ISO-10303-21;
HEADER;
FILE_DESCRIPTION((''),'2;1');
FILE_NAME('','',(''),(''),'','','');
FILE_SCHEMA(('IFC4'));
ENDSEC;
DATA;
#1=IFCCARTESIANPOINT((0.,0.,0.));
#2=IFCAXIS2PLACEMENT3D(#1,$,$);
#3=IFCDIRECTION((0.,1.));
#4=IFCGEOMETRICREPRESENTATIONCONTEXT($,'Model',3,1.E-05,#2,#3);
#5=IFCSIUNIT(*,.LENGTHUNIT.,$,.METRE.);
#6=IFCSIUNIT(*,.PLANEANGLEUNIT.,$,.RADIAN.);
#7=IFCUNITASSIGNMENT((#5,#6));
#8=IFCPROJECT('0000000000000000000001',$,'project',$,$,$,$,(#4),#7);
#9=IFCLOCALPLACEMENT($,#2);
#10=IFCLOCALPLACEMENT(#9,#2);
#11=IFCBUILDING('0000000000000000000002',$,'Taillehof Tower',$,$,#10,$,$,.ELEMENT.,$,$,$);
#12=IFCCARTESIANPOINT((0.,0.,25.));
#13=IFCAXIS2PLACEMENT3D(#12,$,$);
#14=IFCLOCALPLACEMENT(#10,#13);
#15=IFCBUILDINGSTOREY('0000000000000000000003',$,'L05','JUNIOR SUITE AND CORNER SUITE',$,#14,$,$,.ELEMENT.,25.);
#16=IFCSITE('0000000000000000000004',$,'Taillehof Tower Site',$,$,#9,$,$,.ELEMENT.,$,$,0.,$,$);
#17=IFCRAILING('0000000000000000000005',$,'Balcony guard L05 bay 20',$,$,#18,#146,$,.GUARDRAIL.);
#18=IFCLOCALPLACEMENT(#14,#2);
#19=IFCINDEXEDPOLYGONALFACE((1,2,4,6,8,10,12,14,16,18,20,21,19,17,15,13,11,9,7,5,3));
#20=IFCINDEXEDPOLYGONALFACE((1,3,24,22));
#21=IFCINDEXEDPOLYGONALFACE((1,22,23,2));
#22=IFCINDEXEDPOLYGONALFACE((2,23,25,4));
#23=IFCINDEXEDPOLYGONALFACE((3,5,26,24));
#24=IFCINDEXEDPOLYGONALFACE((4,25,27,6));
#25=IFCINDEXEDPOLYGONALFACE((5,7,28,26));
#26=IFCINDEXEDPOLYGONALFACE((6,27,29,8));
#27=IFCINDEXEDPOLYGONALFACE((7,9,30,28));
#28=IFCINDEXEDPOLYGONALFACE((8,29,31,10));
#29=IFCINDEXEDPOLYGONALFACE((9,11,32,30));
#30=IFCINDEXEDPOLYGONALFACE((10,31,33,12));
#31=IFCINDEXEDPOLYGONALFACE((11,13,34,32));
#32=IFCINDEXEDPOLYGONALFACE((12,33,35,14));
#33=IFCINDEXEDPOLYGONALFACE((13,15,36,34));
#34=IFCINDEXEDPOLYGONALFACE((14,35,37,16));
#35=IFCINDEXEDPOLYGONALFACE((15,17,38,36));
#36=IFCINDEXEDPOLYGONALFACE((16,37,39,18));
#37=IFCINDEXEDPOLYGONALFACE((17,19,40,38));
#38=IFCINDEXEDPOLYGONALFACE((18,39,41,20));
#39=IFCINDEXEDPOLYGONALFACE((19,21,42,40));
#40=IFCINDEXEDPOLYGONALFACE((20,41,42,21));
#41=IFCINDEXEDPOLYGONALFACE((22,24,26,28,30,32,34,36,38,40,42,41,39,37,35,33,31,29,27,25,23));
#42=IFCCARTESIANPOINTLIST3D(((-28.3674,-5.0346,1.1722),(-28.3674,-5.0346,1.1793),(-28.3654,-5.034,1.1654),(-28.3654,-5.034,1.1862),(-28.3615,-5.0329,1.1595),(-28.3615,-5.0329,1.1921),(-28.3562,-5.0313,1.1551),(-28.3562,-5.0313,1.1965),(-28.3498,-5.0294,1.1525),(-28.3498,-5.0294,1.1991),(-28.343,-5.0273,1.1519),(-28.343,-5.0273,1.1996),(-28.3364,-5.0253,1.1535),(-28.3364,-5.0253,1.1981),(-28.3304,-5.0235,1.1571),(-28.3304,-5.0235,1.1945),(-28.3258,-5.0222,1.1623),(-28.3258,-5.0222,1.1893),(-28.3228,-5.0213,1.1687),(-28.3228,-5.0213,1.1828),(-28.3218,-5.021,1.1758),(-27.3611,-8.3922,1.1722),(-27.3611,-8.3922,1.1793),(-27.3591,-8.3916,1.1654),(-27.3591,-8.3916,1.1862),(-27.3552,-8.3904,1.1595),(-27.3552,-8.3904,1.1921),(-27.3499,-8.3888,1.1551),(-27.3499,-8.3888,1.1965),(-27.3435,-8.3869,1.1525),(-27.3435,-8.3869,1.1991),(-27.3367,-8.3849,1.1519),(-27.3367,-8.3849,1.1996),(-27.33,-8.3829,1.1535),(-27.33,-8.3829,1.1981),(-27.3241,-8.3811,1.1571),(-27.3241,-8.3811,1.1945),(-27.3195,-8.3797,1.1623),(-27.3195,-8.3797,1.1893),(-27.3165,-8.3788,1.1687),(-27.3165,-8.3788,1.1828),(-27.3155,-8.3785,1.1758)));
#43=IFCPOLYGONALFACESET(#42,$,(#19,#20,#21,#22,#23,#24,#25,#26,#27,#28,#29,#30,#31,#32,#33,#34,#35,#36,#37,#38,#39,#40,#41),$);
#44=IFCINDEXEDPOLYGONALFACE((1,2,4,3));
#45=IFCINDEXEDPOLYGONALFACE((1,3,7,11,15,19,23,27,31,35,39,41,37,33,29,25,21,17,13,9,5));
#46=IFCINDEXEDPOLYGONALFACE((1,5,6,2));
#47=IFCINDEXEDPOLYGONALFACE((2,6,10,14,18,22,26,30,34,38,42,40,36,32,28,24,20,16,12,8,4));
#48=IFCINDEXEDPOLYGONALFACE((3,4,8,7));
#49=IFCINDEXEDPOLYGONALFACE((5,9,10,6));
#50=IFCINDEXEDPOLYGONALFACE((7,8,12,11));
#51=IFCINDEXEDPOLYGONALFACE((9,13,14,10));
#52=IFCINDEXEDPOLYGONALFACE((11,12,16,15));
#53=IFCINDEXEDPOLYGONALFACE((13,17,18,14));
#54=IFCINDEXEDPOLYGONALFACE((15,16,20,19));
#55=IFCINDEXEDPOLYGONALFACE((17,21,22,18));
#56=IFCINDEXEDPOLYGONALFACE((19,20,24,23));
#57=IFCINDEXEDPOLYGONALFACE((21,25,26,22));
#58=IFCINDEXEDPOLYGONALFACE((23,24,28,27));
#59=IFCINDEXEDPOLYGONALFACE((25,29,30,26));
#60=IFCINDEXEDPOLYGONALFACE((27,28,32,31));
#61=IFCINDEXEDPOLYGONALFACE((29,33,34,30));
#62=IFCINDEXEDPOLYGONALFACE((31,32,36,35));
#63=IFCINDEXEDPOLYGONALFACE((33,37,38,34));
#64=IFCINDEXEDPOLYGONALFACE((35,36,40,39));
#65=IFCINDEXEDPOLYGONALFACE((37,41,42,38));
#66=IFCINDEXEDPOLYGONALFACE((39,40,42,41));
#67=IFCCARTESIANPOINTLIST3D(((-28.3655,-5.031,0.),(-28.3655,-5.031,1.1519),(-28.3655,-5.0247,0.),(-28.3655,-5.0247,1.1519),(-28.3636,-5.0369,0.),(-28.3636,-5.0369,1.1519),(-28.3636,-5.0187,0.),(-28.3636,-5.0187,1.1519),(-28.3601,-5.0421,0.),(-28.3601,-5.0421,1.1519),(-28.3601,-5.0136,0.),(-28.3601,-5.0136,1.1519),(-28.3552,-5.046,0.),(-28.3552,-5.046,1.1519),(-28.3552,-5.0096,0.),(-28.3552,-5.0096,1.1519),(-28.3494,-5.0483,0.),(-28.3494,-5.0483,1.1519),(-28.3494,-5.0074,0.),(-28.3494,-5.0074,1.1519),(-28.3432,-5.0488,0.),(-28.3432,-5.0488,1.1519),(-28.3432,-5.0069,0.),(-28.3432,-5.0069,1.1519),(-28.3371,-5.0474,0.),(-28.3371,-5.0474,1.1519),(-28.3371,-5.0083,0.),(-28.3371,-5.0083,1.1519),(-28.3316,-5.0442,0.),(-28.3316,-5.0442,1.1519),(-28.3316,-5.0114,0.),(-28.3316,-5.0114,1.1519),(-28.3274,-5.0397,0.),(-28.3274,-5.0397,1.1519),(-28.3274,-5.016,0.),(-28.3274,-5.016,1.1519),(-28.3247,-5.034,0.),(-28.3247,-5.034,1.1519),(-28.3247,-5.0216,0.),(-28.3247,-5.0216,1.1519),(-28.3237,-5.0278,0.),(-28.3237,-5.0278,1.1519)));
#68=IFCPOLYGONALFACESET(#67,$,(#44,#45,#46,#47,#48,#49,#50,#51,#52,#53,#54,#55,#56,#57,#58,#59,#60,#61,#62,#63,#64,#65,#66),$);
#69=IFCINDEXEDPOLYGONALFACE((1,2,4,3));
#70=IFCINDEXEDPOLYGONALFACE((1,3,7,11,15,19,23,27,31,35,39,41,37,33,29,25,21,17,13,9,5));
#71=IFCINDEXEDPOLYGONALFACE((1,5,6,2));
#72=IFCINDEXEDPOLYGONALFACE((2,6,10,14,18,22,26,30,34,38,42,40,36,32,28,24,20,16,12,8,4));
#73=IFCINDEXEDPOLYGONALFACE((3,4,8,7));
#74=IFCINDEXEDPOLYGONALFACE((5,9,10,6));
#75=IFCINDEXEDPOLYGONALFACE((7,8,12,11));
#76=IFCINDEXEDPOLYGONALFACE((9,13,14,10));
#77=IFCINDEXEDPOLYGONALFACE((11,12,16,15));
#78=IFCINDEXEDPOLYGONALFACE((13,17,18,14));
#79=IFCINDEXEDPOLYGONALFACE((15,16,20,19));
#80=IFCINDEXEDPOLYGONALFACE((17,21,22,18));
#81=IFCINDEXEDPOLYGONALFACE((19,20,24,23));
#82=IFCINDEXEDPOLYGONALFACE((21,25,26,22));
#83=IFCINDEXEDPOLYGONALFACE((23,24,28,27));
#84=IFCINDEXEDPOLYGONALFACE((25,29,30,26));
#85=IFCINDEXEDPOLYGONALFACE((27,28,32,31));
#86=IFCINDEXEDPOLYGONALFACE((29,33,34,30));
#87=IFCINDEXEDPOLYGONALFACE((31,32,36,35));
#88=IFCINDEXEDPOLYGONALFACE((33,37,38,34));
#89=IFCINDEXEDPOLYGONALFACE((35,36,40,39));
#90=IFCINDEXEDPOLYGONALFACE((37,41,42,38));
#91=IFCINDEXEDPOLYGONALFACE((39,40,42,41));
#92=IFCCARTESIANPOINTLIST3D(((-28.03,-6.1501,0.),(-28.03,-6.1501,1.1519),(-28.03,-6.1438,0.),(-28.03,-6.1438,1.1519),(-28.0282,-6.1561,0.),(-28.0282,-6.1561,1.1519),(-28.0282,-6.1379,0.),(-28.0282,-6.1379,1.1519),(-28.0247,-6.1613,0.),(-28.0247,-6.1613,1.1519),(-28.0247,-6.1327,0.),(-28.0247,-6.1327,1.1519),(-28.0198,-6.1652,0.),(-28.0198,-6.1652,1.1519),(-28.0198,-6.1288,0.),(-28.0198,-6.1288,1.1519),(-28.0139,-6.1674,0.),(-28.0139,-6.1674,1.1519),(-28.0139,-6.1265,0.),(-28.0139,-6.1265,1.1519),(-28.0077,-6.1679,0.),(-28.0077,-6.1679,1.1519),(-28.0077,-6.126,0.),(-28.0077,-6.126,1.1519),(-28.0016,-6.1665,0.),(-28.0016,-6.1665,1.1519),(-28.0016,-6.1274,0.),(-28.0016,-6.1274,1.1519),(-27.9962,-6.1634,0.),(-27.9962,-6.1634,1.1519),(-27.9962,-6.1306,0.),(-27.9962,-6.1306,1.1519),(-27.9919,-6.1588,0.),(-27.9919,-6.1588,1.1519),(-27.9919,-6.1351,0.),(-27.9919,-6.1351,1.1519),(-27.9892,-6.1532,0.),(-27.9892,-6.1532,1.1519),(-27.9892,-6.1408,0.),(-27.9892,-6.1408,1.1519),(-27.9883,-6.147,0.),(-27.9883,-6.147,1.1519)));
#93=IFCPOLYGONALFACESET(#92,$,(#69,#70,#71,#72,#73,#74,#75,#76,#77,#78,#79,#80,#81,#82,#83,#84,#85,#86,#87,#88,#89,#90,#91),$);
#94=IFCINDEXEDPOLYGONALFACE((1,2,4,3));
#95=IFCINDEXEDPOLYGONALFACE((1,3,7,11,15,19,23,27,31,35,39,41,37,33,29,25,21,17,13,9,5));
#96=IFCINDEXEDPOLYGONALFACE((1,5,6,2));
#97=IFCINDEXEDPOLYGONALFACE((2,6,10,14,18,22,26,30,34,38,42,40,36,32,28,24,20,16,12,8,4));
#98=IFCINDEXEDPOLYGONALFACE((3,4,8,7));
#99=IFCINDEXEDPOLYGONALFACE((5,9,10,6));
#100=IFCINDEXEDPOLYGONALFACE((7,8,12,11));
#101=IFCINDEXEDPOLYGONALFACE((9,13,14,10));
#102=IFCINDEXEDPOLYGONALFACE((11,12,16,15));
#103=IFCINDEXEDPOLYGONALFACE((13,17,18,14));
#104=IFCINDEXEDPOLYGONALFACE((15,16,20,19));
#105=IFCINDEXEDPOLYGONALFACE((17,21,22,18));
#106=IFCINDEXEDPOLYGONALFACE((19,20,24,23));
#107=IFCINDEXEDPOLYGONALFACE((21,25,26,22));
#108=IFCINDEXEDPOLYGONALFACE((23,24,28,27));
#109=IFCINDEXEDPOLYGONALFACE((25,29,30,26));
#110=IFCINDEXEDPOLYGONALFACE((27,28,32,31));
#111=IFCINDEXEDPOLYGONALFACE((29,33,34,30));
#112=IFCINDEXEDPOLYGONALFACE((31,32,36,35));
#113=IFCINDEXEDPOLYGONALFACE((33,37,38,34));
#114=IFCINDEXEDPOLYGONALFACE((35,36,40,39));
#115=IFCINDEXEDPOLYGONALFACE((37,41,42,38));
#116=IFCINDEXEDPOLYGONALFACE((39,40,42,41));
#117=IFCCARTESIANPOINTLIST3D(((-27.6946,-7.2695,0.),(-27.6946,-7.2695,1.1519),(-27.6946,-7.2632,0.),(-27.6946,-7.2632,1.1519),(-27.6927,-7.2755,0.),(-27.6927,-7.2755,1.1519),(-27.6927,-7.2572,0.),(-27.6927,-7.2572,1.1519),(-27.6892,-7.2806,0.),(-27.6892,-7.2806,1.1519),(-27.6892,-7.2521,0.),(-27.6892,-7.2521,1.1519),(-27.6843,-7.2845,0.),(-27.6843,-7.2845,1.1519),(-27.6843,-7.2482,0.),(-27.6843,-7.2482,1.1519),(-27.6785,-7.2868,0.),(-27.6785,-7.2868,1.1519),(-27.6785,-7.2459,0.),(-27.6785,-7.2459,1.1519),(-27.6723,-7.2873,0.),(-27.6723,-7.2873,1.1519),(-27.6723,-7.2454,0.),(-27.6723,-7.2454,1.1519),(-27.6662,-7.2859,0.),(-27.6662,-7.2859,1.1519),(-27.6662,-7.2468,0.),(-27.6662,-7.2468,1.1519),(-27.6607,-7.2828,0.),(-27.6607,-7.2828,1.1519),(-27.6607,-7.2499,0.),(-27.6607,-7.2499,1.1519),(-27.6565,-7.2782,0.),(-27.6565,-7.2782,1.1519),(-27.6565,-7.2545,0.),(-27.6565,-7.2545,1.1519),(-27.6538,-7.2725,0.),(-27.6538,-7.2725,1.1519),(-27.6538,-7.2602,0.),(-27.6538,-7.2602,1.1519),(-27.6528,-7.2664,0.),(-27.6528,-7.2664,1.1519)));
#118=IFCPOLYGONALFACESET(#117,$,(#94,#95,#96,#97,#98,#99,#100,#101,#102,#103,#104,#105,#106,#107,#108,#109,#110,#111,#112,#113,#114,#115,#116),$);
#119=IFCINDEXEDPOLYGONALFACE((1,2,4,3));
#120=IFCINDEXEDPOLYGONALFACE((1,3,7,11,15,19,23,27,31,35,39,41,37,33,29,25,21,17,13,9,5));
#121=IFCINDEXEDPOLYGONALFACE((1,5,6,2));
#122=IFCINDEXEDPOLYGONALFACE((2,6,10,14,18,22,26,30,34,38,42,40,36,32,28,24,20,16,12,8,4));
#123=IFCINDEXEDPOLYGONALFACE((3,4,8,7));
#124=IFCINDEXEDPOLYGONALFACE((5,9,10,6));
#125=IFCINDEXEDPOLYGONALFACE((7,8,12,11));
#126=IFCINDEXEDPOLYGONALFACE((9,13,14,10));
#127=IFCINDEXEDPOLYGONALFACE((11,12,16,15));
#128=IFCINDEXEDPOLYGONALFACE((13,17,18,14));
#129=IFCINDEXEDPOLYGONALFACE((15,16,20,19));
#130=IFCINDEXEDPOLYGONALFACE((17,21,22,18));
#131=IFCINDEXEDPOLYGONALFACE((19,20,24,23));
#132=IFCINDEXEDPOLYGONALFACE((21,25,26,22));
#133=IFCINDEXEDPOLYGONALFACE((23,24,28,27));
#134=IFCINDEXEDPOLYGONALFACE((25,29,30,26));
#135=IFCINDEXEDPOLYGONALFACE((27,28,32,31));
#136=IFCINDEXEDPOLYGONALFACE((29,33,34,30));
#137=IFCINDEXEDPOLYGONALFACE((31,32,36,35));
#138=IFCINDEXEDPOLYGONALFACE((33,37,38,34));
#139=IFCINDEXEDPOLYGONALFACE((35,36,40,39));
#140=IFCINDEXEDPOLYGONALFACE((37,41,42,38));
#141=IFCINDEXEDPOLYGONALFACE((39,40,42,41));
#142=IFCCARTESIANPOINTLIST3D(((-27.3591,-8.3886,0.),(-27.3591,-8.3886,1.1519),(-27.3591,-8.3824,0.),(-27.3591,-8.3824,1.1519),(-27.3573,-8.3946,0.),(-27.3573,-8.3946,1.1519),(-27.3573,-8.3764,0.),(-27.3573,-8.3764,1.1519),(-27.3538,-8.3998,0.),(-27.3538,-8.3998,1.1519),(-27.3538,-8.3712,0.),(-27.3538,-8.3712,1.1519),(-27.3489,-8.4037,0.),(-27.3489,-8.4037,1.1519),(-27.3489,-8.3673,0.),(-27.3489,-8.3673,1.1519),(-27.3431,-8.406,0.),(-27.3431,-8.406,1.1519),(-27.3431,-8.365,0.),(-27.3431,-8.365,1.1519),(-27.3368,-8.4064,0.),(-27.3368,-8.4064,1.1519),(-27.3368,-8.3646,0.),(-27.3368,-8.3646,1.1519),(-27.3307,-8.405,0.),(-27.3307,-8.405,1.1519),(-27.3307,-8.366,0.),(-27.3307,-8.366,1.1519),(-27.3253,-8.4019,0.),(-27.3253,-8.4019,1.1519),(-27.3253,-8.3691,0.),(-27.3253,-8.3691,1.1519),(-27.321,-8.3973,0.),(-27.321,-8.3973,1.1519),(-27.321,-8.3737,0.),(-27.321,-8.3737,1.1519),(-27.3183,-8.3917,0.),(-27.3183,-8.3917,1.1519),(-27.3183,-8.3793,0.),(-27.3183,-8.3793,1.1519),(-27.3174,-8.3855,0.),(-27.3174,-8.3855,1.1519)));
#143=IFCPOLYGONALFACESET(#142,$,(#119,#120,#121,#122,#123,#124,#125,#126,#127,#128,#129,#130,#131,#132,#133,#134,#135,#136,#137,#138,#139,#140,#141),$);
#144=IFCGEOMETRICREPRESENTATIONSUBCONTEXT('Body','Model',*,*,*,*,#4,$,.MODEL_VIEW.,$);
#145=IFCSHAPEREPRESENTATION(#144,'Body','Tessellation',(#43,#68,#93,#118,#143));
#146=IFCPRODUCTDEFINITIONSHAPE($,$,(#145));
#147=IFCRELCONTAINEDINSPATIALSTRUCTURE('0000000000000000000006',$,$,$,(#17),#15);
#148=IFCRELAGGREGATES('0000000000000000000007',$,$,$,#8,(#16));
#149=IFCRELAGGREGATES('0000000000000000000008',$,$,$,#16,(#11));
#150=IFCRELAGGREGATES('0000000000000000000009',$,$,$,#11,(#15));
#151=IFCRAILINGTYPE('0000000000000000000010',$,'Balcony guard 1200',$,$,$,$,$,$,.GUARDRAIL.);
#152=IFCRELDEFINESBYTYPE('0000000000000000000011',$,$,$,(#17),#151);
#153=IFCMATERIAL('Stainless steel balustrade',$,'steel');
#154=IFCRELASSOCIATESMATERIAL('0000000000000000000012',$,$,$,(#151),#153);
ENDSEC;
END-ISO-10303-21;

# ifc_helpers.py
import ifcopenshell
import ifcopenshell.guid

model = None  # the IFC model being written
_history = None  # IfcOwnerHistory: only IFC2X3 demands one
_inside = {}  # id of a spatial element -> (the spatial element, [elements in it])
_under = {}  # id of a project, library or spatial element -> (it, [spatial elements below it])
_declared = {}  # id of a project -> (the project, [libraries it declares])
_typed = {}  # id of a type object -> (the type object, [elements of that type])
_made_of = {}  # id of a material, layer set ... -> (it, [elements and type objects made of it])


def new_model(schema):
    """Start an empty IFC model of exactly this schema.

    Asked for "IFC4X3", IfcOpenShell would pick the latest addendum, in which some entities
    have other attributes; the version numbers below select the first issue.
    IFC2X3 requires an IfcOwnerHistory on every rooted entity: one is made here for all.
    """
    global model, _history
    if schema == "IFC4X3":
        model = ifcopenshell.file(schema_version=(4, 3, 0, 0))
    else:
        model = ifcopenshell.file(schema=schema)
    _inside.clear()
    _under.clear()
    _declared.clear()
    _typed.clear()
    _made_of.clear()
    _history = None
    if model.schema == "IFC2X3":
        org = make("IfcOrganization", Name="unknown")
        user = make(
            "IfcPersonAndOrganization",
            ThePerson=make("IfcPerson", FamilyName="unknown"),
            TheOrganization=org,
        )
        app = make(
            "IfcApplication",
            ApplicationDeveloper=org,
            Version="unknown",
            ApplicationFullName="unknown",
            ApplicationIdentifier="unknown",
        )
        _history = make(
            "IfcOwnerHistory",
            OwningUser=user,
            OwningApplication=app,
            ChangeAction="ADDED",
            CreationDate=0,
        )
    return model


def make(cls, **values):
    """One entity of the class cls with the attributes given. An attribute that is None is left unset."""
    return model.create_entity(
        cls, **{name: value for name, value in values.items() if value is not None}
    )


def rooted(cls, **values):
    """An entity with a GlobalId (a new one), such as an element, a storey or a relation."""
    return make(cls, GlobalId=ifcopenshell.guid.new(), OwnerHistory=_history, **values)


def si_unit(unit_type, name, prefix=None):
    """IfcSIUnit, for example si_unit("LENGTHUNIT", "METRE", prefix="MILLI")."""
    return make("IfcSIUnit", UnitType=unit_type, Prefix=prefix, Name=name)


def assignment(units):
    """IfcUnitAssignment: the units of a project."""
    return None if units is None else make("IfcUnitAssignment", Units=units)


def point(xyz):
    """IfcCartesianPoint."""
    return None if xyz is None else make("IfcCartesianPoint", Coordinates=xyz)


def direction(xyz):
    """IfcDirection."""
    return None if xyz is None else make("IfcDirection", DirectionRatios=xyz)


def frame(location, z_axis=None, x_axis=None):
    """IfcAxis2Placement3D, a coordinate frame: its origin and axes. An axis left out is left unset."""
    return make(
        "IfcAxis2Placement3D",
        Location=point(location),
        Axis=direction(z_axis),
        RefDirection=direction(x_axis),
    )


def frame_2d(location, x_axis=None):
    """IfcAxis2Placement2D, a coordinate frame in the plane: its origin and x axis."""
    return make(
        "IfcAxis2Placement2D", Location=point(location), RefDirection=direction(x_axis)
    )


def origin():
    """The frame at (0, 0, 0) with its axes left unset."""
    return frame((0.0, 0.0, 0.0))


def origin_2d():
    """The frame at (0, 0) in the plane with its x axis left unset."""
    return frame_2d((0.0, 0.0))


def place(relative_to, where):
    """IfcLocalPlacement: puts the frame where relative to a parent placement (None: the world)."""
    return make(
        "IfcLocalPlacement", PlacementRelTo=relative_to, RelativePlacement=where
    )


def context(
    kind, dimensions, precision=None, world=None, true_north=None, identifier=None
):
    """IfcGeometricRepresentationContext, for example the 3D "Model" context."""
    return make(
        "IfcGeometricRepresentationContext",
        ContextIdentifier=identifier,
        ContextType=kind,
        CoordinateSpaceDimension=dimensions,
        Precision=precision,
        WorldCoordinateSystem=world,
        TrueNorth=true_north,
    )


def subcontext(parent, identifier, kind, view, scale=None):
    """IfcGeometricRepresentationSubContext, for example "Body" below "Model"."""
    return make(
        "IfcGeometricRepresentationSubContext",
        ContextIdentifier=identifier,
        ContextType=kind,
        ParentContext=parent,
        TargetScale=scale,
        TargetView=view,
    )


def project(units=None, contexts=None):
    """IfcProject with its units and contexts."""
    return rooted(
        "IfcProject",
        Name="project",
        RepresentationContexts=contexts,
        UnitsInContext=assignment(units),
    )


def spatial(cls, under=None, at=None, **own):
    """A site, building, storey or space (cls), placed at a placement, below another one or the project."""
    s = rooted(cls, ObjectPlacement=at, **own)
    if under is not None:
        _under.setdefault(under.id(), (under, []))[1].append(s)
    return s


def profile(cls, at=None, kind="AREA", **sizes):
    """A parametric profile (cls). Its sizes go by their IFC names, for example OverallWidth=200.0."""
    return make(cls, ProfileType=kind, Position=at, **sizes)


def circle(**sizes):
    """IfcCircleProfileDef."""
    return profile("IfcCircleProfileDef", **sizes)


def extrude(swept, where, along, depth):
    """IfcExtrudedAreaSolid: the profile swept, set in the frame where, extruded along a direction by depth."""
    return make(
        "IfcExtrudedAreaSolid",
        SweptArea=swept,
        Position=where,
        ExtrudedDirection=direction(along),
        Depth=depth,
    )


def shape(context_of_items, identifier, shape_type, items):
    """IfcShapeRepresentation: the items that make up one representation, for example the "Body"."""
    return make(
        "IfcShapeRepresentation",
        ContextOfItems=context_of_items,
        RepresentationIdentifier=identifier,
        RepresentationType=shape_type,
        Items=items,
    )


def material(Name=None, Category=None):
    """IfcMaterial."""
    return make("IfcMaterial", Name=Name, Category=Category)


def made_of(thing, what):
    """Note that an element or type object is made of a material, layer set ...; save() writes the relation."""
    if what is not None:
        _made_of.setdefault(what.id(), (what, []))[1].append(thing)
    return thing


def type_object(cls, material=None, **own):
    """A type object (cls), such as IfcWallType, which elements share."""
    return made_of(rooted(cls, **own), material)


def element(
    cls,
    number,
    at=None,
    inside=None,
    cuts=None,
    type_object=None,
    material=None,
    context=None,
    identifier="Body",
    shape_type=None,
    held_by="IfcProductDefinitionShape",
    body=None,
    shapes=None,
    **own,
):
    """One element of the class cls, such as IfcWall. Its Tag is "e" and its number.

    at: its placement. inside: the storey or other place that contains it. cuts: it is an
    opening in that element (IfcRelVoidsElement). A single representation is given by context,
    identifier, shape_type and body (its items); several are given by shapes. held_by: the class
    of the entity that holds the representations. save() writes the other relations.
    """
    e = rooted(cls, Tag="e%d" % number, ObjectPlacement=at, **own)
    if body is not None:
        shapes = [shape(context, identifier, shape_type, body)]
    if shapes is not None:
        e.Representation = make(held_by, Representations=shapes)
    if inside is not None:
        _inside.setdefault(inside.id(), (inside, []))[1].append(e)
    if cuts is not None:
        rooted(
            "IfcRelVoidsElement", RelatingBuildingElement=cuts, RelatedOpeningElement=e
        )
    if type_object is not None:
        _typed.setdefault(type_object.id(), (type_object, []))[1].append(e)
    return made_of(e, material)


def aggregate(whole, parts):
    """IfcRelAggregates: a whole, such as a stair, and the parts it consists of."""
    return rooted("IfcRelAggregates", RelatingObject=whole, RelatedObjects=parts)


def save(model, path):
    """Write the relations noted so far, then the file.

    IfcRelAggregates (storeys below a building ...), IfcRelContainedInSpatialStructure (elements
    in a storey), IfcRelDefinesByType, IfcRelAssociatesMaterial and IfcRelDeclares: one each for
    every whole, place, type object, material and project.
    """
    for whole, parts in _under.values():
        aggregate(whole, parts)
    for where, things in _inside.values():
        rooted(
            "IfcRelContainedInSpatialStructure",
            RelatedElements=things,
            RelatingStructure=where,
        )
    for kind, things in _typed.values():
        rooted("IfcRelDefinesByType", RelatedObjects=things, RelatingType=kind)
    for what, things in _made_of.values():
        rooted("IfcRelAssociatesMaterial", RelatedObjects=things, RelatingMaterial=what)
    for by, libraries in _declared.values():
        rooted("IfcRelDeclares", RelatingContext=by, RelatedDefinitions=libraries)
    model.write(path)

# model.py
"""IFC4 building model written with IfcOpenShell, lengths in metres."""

from ifc_helpers import new_model, si_unit, direction, frame, origin, origin_2d, place, context, subcontext, project, spatial, circle, extrude, material, type_object, element, save


model = new_model("IFC4")

# Units and contexts
model_context = context("Model", 3, precision=1e-05, world=origin(), true_north=direction((0.0, 1.0)))
body_context = subcontext(model_context, "Body", "Model", "MODEL_VIEW")
ifc_project = project(units=[si_unit("LENGTHUNIT", "METRE"), si_unit("PLANEANGLEUNIT", "RADIAN")], contexts=[model_context])

# Site, building, storey
site_placement = place(None, origin())
site = spatial("IfcSite", under=ifc_project, at=site_placement, Name="Taillehof Tower Site", CompositionType="ELEMENT", RefElevation=0.0)
building_placement = place(site_placement, origin())
building = spatial("IfcBuilding", under=site, at=building_placement, Name="Taillehof Tower", CompositionType="ELEMENT")
storey_placement = place(building_placement, frame((0.0, 0.0, 25.0)))
storey = spatial("IfcBuildingStorey", under=building, at=storey_placement, Name="L05", Description="JUNIOR SUITE AND CORNER SUITE", CompositionType="ELEMENT", Elevation=25.0)

# Railing
ifc_material_1 = material(Name="Stainless steel balustrade", Category="steel")
railing_type = type_object("IfcRailingType", Name="Balcony guard 1200", PredefinedType="GUARDRAIL", material=ifc_material_1)
railing_1_placement = place(storey_placement, frame((-28.3447, -5.0278, 0.0)))
element("IfcRailing", 1, at=railing_1_placement, inside=storey, type_object=railing_type, Name="Balcony guard L05 bay 20", PredefinedType="GUARDRAIL", context=body_context, shape_type="SweptSolid", body=[
    extrude(circle(Radius=0.0239, at=origin_2d()), frame((0.0, 0.0, 1.1758), z_axis=(0.287099, -0.957901, 0.0), x_axis=(0.957901, 0.287099, 0.0)), (0.0, 0.0, 1.0), 3.5051),
    extrude(circle(Radius=0.021, at=origin_2d()), origin(), (0.0, 0.0, 1.0), 1.1519),
    extrude(circle(Radius=0.021, at=origin_2d()), frame((0.3354, -1.1191, 0.0)), (0.0, 0.0, 1.0), 1.1519),
    extrude(circle(Radius=0.021, at=origin_2d()), frame((0.6709, -2.2385, 0.0)), (0.0, 0.0, 1.0), 1.1519),
    extrude(circle(Radius=0.021, at=origin_2d()), frame((1.0063, -3.3577, 0.0)), (0.0, 0.0, 1.0), 1.1519),
])

save(model, "model.ifc")
